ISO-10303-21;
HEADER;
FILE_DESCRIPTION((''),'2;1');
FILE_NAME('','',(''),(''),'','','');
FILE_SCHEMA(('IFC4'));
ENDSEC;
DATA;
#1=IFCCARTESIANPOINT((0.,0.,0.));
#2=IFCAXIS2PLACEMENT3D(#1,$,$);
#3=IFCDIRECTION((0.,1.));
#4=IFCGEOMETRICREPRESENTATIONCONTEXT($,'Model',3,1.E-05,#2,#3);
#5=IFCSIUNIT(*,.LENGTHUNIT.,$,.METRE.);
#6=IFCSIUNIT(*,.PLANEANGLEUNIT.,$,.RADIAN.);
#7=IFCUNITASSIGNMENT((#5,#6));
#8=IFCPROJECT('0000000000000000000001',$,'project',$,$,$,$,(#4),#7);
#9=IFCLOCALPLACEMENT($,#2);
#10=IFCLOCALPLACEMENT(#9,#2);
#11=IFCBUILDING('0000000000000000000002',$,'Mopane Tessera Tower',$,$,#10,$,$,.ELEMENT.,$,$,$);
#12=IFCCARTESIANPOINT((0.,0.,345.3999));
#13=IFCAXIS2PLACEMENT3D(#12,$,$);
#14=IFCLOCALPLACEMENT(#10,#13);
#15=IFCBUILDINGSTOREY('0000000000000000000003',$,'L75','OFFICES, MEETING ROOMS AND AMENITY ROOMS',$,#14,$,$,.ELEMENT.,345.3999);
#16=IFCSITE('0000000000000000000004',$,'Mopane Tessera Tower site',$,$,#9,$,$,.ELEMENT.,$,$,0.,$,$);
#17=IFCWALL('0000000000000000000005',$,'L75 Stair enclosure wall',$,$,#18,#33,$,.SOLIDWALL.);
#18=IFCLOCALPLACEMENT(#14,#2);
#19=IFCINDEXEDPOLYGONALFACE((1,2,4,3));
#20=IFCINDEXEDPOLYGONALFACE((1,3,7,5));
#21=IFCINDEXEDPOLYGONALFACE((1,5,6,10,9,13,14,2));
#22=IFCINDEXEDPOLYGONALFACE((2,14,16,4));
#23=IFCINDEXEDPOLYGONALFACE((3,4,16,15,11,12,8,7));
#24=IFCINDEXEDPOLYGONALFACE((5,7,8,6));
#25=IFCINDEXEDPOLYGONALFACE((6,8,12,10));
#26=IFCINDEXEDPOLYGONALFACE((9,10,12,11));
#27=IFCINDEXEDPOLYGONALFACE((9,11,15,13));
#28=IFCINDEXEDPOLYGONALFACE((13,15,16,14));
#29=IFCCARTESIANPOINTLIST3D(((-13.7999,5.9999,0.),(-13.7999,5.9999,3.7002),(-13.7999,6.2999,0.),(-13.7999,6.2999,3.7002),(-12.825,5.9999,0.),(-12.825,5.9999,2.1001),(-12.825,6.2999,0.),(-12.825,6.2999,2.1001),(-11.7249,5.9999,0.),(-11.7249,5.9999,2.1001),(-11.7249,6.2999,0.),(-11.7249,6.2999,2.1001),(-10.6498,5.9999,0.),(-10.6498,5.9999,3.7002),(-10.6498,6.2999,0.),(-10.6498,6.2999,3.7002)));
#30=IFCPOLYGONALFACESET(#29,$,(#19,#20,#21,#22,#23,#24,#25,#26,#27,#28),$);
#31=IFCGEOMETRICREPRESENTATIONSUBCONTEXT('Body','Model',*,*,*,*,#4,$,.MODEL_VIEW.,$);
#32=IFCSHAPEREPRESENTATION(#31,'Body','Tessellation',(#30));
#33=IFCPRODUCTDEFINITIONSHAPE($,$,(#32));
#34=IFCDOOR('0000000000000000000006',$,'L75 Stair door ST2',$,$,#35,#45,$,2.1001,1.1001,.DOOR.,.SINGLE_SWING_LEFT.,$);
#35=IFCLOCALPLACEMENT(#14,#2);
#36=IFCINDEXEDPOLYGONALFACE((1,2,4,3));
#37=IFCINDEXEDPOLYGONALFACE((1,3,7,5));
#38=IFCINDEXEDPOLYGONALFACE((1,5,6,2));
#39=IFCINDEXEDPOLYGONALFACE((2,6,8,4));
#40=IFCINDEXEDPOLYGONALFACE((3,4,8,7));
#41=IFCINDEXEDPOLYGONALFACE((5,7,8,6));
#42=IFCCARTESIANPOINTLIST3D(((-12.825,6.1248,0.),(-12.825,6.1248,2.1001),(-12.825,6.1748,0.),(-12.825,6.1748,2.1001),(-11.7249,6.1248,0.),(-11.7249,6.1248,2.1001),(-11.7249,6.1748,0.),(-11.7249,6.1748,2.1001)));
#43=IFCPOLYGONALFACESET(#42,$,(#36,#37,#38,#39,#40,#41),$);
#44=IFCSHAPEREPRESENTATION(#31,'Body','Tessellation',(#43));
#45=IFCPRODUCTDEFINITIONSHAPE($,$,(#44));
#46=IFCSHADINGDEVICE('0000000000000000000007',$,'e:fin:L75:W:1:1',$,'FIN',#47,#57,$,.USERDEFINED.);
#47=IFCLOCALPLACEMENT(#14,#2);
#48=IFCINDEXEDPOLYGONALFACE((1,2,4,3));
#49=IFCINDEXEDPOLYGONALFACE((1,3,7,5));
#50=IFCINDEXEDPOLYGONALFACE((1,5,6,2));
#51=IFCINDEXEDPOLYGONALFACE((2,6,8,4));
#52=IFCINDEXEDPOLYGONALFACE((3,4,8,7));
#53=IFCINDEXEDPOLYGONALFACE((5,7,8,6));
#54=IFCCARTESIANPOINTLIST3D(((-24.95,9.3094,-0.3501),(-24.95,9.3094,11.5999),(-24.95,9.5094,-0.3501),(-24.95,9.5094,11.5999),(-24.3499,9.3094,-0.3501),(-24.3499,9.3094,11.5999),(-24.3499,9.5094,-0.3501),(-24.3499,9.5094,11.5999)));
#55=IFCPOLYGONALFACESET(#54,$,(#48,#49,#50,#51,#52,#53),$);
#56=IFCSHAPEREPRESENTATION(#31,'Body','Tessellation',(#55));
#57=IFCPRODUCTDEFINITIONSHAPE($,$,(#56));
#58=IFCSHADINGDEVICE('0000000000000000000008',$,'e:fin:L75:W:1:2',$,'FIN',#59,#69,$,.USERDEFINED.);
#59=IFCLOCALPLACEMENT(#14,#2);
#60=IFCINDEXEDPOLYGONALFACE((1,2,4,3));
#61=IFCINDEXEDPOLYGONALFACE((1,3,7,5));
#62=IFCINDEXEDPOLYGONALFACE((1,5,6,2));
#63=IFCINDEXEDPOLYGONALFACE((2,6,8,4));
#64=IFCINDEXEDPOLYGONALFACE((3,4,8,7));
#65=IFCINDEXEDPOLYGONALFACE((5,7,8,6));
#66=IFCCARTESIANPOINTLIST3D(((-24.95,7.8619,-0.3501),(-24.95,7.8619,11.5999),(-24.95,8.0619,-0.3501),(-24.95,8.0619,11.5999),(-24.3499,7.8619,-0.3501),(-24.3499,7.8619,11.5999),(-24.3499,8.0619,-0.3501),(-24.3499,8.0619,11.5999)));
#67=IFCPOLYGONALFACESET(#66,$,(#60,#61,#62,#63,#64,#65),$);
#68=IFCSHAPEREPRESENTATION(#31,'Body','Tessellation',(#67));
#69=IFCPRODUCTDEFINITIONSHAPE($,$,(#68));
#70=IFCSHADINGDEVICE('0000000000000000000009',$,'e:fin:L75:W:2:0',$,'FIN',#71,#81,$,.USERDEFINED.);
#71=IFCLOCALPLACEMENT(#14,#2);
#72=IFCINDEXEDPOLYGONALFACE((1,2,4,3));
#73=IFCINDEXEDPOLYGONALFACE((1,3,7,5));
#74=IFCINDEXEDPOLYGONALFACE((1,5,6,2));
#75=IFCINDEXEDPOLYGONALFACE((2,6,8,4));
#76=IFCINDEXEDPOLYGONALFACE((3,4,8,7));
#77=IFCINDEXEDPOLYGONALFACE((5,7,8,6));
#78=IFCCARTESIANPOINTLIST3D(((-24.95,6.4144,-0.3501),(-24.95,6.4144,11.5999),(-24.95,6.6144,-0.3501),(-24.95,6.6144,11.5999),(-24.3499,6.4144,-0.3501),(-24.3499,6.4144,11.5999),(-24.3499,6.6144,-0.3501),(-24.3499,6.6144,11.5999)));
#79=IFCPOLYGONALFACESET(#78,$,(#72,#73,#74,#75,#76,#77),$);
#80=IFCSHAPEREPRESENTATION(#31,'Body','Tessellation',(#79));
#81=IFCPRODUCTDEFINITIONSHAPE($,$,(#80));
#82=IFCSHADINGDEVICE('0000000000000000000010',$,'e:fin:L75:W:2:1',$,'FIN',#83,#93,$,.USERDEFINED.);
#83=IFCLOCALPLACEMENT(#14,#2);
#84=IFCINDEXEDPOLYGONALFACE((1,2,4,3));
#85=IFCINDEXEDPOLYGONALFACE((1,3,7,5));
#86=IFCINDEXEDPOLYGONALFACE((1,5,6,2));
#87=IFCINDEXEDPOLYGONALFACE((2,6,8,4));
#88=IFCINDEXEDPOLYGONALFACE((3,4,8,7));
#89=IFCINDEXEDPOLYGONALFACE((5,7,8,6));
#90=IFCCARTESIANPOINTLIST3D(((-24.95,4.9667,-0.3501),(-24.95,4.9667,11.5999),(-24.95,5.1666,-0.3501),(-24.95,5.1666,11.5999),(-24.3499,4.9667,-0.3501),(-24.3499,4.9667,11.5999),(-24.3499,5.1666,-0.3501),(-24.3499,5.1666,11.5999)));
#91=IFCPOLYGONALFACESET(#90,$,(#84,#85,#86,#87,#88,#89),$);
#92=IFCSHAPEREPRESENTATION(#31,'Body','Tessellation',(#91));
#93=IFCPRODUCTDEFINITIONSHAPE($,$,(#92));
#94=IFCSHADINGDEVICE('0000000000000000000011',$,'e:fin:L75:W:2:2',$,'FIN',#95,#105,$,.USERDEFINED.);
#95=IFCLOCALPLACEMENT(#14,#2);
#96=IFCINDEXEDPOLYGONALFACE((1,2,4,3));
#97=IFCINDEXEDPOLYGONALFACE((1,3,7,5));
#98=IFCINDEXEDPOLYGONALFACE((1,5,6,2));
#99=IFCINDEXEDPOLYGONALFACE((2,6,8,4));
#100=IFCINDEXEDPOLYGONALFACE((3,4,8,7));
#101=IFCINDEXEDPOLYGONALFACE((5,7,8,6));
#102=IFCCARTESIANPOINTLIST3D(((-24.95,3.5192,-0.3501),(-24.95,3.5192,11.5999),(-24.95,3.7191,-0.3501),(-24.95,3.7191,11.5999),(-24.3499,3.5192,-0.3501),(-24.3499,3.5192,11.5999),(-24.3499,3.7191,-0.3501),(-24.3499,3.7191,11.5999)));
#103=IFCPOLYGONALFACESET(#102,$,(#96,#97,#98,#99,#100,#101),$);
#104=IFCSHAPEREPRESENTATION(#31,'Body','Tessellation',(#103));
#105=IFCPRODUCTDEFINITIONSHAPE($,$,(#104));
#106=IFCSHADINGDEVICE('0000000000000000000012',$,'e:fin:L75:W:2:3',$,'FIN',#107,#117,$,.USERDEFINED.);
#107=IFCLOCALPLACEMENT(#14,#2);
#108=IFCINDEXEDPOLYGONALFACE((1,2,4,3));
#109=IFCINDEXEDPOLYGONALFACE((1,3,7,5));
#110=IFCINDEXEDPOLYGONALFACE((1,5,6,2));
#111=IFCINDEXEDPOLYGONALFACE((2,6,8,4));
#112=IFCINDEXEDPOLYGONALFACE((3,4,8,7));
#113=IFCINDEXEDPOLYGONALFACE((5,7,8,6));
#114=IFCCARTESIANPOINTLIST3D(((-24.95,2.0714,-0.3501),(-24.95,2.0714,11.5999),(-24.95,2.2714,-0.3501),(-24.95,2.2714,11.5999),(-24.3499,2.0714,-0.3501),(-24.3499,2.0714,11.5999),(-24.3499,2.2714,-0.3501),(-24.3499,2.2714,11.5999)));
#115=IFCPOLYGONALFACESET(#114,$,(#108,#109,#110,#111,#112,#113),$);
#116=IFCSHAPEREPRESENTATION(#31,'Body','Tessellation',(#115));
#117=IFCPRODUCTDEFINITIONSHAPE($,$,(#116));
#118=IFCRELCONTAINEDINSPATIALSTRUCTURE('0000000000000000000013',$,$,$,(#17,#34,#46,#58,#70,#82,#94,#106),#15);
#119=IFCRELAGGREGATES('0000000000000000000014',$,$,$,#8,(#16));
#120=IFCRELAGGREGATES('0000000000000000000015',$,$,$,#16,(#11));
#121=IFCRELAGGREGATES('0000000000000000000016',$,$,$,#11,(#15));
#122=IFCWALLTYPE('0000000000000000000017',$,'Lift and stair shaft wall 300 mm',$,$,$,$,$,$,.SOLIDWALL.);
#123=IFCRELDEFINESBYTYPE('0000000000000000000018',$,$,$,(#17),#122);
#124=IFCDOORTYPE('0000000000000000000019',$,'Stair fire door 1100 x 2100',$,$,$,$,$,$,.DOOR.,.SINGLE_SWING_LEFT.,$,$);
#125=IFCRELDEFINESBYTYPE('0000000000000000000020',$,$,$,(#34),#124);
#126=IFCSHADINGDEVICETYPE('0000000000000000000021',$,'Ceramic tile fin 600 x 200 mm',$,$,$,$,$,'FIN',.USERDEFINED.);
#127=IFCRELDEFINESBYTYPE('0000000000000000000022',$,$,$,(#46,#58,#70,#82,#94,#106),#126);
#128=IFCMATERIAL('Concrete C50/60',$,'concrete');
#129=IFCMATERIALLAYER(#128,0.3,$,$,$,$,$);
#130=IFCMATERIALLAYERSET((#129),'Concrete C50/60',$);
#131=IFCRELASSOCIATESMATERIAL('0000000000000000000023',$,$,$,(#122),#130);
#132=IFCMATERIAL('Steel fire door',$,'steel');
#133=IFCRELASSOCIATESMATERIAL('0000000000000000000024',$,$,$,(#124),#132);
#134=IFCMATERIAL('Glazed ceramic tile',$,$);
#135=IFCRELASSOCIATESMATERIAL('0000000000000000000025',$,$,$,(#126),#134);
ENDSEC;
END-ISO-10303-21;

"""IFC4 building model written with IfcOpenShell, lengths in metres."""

from ifc_helpers import new_model, si_unit, direction, frame, frame_2d, origin, origin_2d, place, context, subcontext, project, spatial, rectangle, extrude, material, layer, layer_set, type_object, element, fill, save


model = new_model("IFC4")

# Units and contexts
model_context = context("Model", 3, precision=1e-05, world=origin(), true_north=direction((0.0, 1.0)))
body_context = subcontext(model_context, "Body", "Model", "MODEL_VIEW")
ifc_project = project(units=[si_unit("LENGTHUNIT", "METRE"), si_unit("PLANEANGLEUNIT", "RADIAN")], contexts=[model_context])

# Site, building, storey
site_placement = place(None, origin())
site = spatial("IfcSite", under=ifc_project, at=site_placement, Name="Mopane Tessera Tower site", CompositionType="ELEMENT", RefElevation=0.0)
building_placement = place(site_placement, origin())
building = spatial("IfcBuilding", under=site, at=building_placement, Name="Mopane Tessera Tower", CompositionType="ELEMENT")
storey_placement = place(building_placement, frame((0.0, 0.0, 345.3999)))
storey = spatial("IfcBuildingStorey", under=building, at=storey_placement, Name="L75", Description="OFFICES, MEETING ROOMS AND AMENITY ROOMS", CompositionType="ELEMENT", Elevation=345.3999)

# Wall, opening, door
ifc_material_1 = material(Name="Concrete C50/60", Category="concrete")
ifc_layer_1 = layer(ifc_material_1, 0.3)
ifc_layer_set_1 = layer_set([ifc_layer_1], Name="Concrete C50/60")
wall_type_1 = type_object("IfcWallType", Name="Lift and stair shaft wall 300 mm", PredefinedType="SOLIDWALL", material=ifc_layer_set_1)
ifc_material_2 = material(Name="Steel fire door", Category="steel")
door_type = type_object("IfcDoorType", Name="Stair fire door 1100 x 2100", OperationType="SINGLE_SWING_LEFT", PredefinedType="DOOR", material=ifc_material_2)
wall_1_placement = place(storey_placement, frame((-13.8, 6.1499, 0.0), z_axis=(0.0, 0.0, 1.0), x_axis=(1.0, 0.0, 0.0)))
wall_1 = element("IfcWall", 1, at=wall_1_placement, inside=storey, type_object=wall_type_1, Name="L75 Stair enclosure wall", PredefinedType="SOLIDWALL", context=body_context, shape_type="SweptSolid", body=[
    extrude(rectangle(XDim=3.1501, YDim=0.3, at=frame_2d((1.5752, 0.0))), origin(), (0.0, 0.0, 1.0), 3.7002),
])
opening_1_placement = place(wall_1_placement, frame((0.9751, 0.0, 0.0)))
opening_1 = element("IfcOpeningElement", 2, at=opening_1_placement, cuts=wall_1, PredefinedType="OPENING", context=body_context, shape_type="SweptSolid", body=[
    extrude(rectangle(XDim=1.1001, YDim=2.1001, at=frame_2d((0.55, 1.05))), frame((0.0, 0.1621, 0.0), z_axis=(0.0, -1.0, 0.0), x_axis=(1.0, 0.0, 0.0)), (0.0, 0.0, 1.0), 0.324),
])
door_1_placement = place(opening_1_placement, origin())
door_1 = element("IfcDoor", 3, at=door_1_placement, inside=storey, type_object=door_type, Name="L75 Stair door ST2", OperationType="SINGLE_SWING_LEFT", OverallHeight=2.1001, OverallWidth=1.1001, PredefinedType="DOOR", context=body_context, shape_type="SweptSolid", body=[
    extrude(rectangle(XDim=1.1001, YDim=2.1001, at=frame_2d((0.55, 1.05))), frame((0.0, 0.0249, 0.0), z_axis=(0.0, -1.0, 0.0), x_axis=(1.0, 0.0, 0.0)), (0.0, 0.0, 1.0), 0.05),
])
fill(opening_1, door_1)

# Shading devices
ifc_material_3 = material(Name="Glazed ceramic tile")
shading_device_type = type_object("IfcShadingDeviceType", Name="Ceramic tile fin 600 x 200 mm", ElementType="FIN", PredefinedType="USERDEFINED", material=ifc_material_3)
for number, where, z_axis, x_axis, name in (
    (4, (-24.6499, 9.4094, -0.3501), (0.0, 0.0, 1.0), (0.0, -1.0, 0.0), "e:fin:L75:W:1:1"),
    (5, (-24.6499, 7.9619, -0.3501), (0.0, 0.0, 1.0), (0.0, -1.0, 0.0), "e:fin:L75:W:1:2"),
    (6, (-24.6499, 6.5144, -0.3501), (0.0, 0.0, 1.0), (0.0, -1.0, 0.0), "e:fin:L75:W:2:0"),
    (7, (-24.6499, 5.0667, -0.3501), (0.0, 0.0, 1.0), (0.0, -1.0, 0.0), "e:fin:L75:W:2:1"),
    (8, (-24.6499, 3.6191, -0.3501), (0.0, 0.0, 1.0), (0.0, -1.0, 0.0), "e:fin:L75:W:2:2"),
    (9, (-24.6499, 2.1714, -0.3501), (0.0, 0.0, 1.0), (0.0, -1.0, 0.0), "e:fin:L75:W:2:3"),
):
    element("IfcShadingDevice", number, at=place(storey_placement, frame(where, z_axis=z_axis, x_axis=x_axis)), inside=storey, type_object=shading_device_type, Name=name, ObjectType="FIN", PredefinedType="USERDEFINED", context=body_context, shape_type="SweptSolid", body=[
        extrude(rectangle(XDim=0.2, YDim=0.6001, at=origin_2d()), origin(), (0.0, 0.0, 1.0), 11.95),
    ])

save(model, "model.ifc")
